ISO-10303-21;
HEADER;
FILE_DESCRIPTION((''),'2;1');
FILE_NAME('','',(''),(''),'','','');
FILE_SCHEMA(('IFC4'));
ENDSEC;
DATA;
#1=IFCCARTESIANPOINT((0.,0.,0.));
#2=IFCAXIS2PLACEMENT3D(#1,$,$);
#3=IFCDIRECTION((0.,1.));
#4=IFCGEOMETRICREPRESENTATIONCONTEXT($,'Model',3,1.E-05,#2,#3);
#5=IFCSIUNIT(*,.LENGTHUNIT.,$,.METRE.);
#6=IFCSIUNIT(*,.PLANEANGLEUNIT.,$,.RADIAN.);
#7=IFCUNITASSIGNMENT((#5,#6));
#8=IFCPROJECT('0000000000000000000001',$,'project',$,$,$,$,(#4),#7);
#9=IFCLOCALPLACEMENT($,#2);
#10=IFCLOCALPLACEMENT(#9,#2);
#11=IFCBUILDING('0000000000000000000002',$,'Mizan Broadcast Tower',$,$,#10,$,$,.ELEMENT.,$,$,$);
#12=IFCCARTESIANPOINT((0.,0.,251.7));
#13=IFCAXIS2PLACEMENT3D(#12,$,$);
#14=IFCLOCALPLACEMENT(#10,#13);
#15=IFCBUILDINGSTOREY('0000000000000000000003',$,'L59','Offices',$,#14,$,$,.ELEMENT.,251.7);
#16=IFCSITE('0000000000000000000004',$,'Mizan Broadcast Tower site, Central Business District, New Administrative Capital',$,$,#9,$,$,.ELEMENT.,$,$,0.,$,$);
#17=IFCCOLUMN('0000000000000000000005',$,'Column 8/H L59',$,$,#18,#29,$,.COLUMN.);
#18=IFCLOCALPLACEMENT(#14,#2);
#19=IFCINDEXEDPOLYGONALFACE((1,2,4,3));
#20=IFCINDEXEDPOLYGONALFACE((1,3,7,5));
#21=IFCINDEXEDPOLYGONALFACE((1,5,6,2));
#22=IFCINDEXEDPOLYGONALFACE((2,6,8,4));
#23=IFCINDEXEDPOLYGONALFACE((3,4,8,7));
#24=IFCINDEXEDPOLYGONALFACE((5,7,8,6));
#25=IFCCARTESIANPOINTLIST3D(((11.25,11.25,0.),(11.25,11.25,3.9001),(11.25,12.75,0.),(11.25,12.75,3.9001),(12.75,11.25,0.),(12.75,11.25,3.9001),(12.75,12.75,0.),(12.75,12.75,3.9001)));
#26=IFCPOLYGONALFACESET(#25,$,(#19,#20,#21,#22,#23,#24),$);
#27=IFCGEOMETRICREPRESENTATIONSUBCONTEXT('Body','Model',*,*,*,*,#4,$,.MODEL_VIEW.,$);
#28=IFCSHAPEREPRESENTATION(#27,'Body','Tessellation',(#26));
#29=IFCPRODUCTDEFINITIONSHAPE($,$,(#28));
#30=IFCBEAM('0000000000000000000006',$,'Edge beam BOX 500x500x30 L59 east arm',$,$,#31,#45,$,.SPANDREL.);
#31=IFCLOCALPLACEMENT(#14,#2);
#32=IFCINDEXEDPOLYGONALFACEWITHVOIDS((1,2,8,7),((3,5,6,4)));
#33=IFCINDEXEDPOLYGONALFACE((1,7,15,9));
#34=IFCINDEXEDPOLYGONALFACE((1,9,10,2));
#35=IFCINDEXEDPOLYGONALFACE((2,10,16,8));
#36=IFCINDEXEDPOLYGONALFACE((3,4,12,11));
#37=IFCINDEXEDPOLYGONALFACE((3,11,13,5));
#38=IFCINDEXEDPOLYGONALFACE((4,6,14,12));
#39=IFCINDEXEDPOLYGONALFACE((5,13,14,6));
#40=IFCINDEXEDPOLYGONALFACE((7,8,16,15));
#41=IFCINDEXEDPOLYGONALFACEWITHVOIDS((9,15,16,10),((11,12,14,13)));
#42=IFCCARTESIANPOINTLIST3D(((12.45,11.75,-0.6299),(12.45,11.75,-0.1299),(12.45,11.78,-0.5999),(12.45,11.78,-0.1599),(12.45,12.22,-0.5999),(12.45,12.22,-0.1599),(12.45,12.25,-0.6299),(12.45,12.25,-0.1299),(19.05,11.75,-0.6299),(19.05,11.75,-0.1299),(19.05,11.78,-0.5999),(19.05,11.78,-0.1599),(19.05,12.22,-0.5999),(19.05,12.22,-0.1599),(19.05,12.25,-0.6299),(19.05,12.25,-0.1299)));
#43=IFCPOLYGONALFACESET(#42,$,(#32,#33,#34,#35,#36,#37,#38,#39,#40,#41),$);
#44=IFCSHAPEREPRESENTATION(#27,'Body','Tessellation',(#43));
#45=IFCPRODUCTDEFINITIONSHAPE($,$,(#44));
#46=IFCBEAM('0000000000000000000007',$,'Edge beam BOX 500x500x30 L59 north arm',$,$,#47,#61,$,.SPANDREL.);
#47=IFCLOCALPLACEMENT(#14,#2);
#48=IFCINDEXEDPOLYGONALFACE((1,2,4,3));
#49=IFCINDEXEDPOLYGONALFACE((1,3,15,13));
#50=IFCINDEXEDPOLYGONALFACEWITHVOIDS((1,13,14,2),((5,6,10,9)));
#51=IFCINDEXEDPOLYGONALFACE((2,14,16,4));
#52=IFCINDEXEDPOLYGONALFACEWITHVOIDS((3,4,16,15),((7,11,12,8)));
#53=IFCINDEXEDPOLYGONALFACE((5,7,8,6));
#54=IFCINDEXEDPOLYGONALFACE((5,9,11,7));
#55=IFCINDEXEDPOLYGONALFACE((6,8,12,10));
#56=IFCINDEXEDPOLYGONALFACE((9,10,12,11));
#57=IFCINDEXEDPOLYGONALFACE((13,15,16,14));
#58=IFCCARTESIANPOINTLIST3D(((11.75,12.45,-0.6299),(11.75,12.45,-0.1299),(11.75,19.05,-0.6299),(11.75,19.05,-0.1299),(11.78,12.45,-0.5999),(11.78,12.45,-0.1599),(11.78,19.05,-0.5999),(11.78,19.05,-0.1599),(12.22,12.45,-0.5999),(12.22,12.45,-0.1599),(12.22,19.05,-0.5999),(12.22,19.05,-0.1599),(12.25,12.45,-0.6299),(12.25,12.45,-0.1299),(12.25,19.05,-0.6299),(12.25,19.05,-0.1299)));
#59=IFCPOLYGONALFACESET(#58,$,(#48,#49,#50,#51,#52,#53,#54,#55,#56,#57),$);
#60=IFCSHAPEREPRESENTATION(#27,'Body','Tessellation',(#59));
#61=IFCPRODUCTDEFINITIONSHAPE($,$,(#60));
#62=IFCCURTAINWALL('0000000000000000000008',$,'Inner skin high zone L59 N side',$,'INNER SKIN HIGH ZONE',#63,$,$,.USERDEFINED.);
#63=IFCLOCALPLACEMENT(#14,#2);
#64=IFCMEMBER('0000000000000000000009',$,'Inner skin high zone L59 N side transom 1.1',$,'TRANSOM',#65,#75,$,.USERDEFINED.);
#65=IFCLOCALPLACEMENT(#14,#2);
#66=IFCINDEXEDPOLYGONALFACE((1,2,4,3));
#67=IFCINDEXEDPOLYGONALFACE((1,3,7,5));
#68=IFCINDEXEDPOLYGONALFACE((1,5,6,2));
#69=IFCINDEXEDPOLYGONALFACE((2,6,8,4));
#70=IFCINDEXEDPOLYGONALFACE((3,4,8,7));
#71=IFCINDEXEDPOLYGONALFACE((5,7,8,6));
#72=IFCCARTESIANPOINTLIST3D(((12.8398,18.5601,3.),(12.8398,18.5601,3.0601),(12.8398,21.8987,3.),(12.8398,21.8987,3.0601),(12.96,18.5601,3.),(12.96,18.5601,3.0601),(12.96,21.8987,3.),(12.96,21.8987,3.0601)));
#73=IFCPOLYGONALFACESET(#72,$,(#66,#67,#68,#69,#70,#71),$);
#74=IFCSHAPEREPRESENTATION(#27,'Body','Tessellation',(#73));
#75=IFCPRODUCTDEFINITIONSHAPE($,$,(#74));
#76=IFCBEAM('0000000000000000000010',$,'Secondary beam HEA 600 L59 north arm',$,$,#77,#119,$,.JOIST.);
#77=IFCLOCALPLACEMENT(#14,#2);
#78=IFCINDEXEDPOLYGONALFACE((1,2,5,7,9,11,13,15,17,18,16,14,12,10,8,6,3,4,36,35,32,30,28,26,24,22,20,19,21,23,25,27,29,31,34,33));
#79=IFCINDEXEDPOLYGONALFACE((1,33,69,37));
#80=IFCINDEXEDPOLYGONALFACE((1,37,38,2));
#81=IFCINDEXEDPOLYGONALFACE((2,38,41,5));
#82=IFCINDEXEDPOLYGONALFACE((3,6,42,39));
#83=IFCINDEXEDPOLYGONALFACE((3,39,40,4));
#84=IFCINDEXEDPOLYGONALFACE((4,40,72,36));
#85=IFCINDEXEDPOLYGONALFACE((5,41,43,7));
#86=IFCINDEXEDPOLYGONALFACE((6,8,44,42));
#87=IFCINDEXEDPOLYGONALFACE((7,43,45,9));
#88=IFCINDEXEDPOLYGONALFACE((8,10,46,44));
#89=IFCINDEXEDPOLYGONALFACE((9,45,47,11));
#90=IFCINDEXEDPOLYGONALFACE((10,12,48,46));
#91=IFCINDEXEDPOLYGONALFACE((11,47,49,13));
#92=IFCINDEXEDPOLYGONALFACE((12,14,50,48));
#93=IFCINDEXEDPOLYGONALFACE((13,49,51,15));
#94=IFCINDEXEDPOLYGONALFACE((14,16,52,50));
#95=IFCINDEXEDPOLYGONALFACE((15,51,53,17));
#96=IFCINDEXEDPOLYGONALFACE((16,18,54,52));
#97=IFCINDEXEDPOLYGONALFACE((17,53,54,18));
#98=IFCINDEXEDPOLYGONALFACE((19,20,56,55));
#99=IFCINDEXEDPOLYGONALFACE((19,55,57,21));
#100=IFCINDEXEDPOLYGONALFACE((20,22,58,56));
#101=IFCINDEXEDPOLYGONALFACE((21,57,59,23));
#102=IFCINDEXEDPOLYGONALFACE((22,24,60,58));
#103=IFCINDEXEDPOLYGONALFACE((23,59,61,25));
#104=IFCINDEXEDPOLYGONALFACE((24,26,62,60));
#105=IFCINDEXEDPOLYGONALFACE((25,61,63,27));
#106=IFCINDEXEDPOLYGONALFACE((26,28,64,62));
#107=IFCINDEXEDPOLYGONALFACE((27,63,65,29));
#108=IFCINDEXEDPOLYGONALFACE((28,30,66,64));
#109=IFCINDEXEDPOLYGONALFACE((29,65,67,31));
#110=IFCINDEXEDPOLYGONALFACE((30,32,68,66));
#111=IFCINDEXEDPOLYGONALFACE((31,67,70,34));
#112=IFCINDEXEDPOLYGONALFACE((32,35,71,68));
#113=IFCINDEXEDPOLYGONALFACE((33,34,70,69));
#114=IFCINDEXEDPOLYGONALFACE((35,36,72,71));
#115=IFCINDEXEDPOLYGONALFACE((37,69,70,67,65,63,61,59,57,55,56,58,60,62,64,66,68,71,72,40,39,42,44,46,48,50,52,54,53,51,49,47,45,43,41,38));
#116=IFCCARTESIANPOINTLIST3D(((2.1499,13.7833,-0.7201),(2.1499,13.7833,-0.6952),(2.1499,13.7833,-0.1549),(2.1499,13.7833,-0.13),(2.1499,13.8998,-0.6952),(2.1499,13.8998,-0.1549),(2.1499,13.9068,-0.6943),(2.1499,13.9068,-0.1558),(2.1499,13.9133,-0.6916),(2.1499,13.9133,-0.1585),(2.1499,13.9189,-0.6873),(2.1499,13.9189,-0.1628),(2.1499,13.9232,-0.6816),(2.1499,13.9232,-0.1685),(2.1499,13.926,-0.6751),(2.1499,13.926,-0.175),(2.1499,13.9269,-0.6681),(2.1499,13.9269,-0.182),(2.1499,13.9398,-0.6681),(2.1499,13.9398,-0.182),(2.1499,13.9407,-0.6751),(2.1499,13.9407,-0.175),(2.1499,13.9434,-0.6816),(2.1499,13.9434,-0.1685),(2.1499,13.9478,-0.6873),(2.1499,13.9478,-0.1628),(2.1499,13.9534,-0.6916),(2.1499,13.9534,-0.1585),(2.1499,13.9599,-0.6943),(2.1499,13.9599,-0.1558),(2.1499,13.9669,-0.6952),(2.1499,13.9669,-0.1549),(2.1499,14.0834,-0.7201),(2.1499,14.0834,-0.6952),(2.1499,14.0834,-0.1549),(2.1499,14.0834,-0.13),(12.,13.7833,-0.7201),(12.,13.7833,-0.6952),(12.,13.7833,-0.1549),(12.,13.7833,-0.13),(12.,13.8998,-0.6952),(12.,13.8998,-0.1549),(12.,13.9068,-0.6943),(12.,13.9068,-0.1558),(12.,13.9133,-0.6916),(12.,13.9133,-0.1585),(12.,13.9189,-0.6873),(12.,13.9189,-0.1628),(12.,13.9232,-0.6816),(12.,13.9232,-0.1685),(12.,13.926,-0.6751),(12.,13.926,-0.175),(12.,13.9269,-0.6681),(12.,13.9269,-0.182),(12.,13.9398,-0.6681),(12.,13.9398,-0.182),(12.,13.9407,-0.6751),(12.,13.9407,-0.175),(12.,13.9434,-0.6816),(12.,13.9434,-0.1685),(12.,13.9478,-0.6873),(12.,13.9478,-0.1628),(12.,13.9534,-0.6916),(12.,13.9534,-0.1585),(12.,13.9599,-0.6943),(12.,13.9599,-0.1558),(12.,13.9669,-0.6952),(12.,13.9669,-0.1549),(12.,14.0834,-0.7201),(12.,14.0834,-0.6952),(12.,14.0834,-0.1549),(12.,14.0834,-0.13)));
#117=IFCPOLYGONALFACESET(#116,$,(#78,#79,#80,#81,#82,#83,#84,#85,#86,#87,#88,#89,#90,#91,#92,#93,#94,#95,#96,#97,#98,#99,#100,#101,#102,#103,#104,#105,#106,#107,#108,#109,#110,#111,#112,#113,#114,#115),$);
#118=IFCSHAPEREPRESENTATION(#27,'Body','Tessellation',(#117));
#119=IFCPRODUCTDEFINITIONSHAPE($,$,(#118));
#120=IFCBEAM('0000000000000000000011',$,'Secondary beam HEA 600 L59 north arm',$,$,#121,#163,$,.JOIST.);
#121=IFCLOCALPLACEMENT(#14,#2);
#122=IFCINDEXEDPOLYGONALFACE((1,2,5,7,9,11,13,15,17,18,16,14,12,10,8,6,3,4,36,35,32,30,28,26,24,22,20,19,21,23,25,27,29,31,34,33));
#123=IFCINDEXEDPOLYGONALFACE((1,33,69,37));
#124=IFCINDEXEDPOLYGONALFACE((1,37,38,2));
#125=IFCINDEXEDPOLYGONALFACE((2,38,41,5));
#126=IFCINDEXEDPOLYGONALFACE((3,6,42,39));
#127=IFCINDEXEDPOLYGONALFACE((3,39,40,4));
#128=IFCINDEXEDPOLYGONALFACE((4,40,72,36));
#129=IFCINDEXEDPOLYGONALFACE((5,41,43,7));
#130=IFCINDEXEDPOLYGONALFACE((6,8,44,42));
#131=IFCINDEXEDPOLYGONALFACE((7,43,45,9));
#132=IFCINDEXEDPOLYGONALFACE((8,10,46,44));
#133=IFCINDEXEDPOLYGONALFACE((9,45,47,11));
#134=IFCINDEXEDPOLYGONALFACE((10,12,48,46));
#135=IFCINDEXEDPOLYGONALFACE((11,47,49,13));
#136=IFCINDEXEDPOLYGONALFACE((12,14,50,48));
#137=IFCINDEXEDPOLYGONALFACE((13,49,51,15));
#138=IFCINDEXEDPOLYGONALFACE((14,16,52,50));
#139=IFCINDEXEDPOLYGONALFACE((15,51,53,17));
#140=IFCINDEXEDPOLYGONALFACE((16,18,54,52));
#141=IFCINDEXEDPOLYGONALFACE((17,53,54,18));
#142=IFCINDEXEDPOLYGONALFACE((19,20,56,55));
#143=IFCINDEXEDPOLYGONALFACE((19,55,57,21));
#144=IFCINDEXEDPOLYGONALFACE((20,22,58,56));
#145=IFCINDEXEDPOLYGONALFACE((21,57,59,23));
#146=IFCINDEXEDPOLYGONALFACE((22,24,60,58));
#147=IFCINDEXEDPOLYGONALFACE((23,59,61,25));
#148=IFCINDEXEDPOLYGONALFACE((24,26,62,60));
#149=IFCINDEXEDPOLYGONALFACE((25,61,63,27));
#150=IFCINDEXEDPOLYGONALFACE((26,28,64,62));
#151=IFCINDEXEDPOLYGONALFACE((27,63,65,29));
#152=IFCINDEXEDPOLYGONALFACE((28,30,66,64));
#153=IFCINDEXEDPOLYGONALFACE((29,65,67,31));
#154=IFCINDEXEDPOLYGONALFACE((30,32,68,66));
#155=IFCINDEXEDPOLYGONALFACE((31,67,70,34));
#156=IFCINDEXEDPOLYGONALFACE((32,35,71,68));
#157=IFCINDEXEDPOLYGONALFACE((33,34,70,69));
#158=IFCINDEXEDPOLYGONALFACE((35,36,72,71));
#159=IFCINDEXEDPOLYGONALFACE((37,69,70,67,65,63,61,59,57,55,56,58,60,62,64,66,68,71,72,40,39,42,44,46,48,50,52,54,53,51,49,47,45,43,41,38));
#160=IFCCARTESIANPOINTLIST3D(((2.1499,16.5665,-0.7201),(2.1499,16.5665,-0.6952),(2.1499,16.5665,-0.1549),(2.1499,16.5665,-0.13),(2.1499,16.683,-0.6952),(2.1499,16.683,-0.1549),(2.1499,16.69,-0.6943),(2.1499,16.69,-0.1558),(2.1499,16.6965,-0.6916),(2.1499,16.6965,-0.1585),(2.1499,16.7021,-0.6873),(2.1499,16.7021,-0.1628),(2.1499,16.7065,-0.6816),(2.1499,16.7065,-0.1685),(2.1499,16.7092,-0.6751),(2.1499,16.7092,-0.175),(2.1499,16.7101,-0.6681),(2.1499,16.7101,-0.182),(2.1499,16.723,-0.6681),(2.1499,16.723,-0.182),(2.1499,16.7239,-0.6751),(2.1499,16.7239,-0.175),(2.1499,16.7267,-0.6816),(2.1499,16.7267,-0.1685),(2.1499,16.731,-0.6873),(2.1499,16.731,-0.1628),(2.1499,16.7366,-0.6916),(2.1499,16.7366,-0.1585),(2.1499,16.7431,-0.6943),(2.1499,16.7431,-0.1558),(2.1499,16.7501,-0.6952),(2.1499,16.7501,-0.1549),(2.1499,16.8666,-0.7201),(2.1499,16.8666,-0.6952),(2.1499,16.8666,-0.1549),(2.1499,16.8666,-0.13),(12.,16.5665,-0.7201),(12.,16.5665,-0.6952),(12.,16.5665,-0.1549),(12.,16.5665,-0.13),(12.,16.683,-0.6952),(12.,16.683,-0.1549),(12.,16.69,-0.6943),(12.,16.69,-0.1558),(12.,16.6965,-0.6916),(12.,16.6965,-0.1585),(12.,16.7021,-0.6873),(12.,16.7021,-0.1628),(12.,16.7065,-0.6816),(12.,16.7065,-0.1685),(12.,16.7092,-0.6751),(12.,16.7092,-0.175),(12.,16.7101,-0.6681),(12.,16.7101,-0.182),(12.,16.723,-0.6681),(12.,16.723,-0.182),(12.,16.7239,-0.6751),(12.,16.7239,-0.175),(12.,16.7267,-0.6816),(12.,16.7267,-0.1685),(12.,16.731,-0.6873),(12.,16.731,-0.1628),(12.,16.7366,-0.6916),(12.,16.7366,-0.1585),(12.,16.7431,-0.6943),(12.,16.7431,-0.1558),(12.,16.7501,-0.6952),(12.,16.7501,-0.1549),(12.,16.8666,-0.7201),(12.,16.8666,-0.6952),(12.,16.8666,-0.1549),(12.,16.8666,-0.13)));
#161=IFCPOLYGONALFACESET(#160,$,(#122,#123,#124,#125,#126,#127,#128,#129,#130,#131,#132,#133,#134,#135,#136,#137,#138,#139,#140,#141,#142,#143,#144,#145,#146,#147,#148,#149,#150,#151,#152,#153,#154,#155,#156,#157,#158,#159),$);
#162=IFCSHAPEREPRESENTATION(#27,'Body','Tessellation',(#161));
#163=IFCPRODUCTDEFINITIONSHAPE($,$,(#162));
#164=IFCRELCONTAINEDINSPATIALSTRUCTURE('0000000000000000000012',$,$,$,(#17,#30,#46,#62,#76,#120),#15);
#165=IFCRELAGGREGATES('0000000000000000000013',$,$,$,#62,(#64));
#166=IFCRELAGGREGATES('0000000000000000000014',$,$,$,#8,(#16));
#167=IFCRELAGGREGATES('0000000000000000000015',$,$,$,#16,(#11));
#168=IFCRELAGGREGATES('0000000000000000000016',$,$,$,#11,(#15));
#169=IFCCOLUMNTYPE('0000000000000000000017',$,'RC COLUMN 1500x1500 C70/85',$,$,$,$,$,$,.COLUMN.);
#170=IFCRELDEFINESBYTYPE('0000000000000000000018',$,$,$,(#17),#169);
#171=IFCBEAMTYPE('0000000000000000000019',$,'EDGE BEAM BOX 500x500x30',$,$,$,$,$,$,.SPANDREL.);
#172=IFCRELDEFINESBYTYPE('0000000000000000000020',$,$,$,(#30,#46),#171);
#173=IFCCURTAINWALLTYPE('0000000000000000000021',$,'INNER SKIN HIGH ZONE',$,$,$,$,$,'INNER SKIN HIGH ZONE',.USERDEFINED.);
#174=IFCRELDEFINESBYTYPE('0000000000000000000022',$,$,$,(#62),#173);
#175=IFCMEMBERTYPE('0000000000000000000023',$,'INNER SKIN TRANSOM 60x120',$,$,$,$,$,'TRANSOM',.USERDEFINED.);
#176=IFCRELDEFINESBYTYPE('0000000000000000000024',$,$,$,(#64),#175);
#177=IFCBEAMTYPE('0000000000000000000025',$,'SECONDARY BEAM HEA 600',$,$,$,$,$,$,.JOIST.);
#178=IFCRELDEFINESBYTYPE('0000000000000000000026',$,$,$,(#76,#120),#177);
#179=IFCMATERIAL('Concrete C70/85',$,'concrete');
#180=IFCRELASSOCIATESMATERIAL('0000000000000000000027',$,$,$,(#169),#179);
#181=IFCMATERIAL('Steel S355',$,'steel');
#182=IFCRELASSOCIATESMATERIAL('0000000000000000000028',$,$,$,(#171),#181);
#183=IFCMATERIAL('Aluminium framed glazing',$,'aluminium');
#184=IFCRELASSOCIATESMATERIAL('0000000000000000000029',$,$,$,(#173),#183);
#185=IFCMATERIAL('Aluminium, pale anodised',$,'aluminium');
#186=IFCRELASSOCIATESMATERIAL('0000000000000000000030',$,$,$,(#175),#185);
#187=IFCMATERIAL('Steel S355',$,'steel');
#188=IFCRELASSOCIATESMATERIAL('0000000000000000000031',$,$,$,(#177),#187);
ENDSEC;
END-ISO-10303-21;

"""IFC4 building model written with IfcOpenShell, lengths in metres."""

from ifc_helpers import new_model, si_unit, direction, frame, origin, origin_2d, place, context, subcontext, project, spatial, rectangle, hollow_rectangle, i_section, extrude, material, material_profile, profile_set, type_object, element, aggregate, save


model = new_model("IFC4")

# Units and contexts
model_context = context("Model", 3, precision=1e-05, world=origin(), true_north=direction((0.0, 1.0)))
body_context = subcontext(model_context, "Body", "Model", "MODEL_VIEW")
ifc_project = project(units=[si_unit("LENGTHUNIT", "METRE"), si_unit("PLANEANGLEUNIT", "RADIAN")], contexts=[model_context])

# Site, building, storey
site_placement = place(None, origin())
site = spatial("IfcSite", under=ifc_project, at=site_placement, Name="Mizan Broadcast Tower site, Central Business District, New Administrative Capital", CompositionType="ELEMENT", RefElevation=0.0)
building_placement = place(site_placement, origin())
building = spatial("IfcBuilding", under=site, at=building_placement, Name="Mizan Broadcast Tower", CompositionType="ELEMENT")
storey_placement = place(building_placement, frame((0.0, 0.0, 251.7)))
storey = spatial("IfcBuildingStorey", under=building, at=storey_placement, Name="L59", Description="Offices", CompositionType="ELEMENT", Elevation=251.7)

# Column
ifc_material_1 = material(Name="Concrete C70/85", Category="concrete")
ifc_material_profile_1 = material_profile(ifc_material_1, rectangle(XDim=1.5, YDim=1.5, at=origin_2d()), Name="RC 1500x1500")
ifc_profile_set_1 = profile_set([ifc_material_profile_1], Name="Concrete C70/85")
column_type = type_object("IfcColumnType", Name="RC COLUMN 1500x1500 C70/85", PredefinedType="COLUMN", material=ifc_profile_set_1)
column_placement = place(storey_placement, frame((12.0, 12.0, 0.0), z_axis=(0.0, 0.0, 1.0), x_axis=(1.0, 0.0, 0.0)))
element("IfcColumn", 1, at=column_placement, inside=storey, type_object=column_type, Name="Column 8/H L59", PredefinedType="COLUMN", context=body_context, shape_type="SweptSolid", body=[
    extrude(rectangle(XDim=1.5, YDim=1.5, at=origin_2d()), origin(), (0.0, 0.0, 1.0), 3.9001),
])

# Beams
ifc_material_2 = material(Name="Steel S355", Category="steel")
ifc_material_profile_2 = material_profile(ifc_material_2, hollow_rectangle(XDim=0.5, YDim=0.5, WallThickness=0.03, at=origin_2d()), Name="BOX 500x500x30")
ifc_profile_set_2 = profile_set([ifc_material_profile_2], Name="Steel S355")
beam_type_1 = type_object("IfcBeamType", Name="EDGE BEAM BOX 500x500x30", PredefinedType="SPANDREL", material=ifc_profile_set_2)
for number, where, z_axis, x_axis, name in (
    (2, (12.45, 12.0, -0.3799), (1.0, 0.0, 0.0), (0.0, 1.0, 0.0), "Edge beam BOX 500x500x30 L59 east arm"),
    (3, (12.0, 12.45, -0.3799), (0.0, 1.0, 0.0), (-1.0, 0.0, 0.0), "Edge beam BOX 500x500x30 L59 north arm"),
):
    element("IfcBeam", number, at=place(storey_placement, frame(where, z_axis=z_axis, x_axis=x_axis)), inside=storey, type_object=beam_type_1, Name=name, PredefinedType="SPANDREL", context=body_context, shape_type="SweptSolid", body=[
        extrude(hollow_rectangle(XDim=0.5, YDim=0.5, WallThickness=0.03, at=origin_2d()), origin(), (0.0, 0.0, 1.0), 6.6001),
    ])

# Curtain wall, member
ifc_material_3 = material(Name="Aluminium framed glazing", Category="aluminium")
curtain_wall_type = type_object("IfcCurtainWallType", Name="INNER SKIN HIGH ZONE", ElementType="INNER SKIN HIGH ZONE", PredefinedType="USERDEFINED", material=ifc_material_3)
curtain_wall_placement = place(storey_placement, origin())
curtain_wall = element("IfcCurtainWall", 4, at=curtain_wall_placement, inside=storey, type_object=curtain_wall_type, Name="Inner skin high zone L59 N side", ObjectType="INNER SKIN HIGH ZONE", PredefinedType="USERDEFINED")
ifc_material_4 = material(Name="Aluminium, pale anodised", Category="aluminium")
ifc_material_profile_3 = material_profile(ifc_material_4, rectangle(XDim=0.1201, YDim=0.0601, at=origin_2d()), Name="TRANSOM 120x60")
ifc_profile_set_3 = profile_set([ifc_material_profile_3], Name="Aluminium, pale anodised")
member_type = type_object("IfcMemberType", Name="INNER SKIN TRANSOM 60x120", ElementType="TRANSOM", PredefinedType="USERDEFINED", material=ifc_profile_set_3)
member_placement = place(storey_placement, frame((12.8999, 18.5601, 3.03), z_axis=(0.0, 1.0, 0.0), x_axis=(-1.0, 0.0, 0.0)))
member = element("IfcMember", 5, at=member_placement, type_object=member_type, Name="Inner skin high zone L59 N side transom 1.1", ObjectType="TRANSOM", PredefinedType="USERDEFINED", context=body_context, shape_type="SweptSolid", body=[
    extrude(rectangle(XDim=0.1201, YDim=0.0601, at=origin_2d()), origin(), (0.0, 0.0, 1.0), 3.3386),
])
aggregate(curtain_wall, [member])

# Beams
ifc_material_5 = material(Name="Steel S355", Category="steel")
ifc_material_profile_4 = material_profile(ifc_material_5, i_section(OverallWidth=0.3, OverallDepth=0.5901, WebThickness=0.0129, FlangeThickness=0.0249, FilletRadius=0.0271, at=origin_2d()), Name="HEA 600")
ifc_profile_set_4 = profile_set([ifc_material_profile_4], Name="Steel S355")
beam_type_2 = type_object("IfcBeamType", Name="SECONDARY BEAM HEA 600", PredefinedType="JOIST", material=ifc_profile_set_4)
for number, where, z_axis, x_axis, name in (
    (6, (12.0, 13.9333, -0.425), (-1.0, 0.0, 0.0), (0.0, -1.0, 0.0), "Secondary beam HEA 600 L59 north arm"),
    (7, (12.0, 16.7166, -0.425), (-1.0, 0.0, 0.0), (0.0, -1.0, 0.0), "Secondary beam HEA 600 L59 north arm"),
):
    element("IfcBeam", number, at=place(storey_placement, frame(where, z_axis=z_axis, x_axis=x_axis)), inside=storey, type_object=beam_type_2, Name=name, PredefinedType="JOIST", context=body_context, shape_type="SweptSolid", body=[
        extrude(i_section(OverallWidth=0.3, OverallDepth=0.5901, WebThickness=0.0129, FlangeThickness=0.0249, FilletRadius=0.0271, at=origin_2d()), origin(), (0.0, 0.0, 1.0), 9.8501),
    ])

save(model, "model.ifc")
